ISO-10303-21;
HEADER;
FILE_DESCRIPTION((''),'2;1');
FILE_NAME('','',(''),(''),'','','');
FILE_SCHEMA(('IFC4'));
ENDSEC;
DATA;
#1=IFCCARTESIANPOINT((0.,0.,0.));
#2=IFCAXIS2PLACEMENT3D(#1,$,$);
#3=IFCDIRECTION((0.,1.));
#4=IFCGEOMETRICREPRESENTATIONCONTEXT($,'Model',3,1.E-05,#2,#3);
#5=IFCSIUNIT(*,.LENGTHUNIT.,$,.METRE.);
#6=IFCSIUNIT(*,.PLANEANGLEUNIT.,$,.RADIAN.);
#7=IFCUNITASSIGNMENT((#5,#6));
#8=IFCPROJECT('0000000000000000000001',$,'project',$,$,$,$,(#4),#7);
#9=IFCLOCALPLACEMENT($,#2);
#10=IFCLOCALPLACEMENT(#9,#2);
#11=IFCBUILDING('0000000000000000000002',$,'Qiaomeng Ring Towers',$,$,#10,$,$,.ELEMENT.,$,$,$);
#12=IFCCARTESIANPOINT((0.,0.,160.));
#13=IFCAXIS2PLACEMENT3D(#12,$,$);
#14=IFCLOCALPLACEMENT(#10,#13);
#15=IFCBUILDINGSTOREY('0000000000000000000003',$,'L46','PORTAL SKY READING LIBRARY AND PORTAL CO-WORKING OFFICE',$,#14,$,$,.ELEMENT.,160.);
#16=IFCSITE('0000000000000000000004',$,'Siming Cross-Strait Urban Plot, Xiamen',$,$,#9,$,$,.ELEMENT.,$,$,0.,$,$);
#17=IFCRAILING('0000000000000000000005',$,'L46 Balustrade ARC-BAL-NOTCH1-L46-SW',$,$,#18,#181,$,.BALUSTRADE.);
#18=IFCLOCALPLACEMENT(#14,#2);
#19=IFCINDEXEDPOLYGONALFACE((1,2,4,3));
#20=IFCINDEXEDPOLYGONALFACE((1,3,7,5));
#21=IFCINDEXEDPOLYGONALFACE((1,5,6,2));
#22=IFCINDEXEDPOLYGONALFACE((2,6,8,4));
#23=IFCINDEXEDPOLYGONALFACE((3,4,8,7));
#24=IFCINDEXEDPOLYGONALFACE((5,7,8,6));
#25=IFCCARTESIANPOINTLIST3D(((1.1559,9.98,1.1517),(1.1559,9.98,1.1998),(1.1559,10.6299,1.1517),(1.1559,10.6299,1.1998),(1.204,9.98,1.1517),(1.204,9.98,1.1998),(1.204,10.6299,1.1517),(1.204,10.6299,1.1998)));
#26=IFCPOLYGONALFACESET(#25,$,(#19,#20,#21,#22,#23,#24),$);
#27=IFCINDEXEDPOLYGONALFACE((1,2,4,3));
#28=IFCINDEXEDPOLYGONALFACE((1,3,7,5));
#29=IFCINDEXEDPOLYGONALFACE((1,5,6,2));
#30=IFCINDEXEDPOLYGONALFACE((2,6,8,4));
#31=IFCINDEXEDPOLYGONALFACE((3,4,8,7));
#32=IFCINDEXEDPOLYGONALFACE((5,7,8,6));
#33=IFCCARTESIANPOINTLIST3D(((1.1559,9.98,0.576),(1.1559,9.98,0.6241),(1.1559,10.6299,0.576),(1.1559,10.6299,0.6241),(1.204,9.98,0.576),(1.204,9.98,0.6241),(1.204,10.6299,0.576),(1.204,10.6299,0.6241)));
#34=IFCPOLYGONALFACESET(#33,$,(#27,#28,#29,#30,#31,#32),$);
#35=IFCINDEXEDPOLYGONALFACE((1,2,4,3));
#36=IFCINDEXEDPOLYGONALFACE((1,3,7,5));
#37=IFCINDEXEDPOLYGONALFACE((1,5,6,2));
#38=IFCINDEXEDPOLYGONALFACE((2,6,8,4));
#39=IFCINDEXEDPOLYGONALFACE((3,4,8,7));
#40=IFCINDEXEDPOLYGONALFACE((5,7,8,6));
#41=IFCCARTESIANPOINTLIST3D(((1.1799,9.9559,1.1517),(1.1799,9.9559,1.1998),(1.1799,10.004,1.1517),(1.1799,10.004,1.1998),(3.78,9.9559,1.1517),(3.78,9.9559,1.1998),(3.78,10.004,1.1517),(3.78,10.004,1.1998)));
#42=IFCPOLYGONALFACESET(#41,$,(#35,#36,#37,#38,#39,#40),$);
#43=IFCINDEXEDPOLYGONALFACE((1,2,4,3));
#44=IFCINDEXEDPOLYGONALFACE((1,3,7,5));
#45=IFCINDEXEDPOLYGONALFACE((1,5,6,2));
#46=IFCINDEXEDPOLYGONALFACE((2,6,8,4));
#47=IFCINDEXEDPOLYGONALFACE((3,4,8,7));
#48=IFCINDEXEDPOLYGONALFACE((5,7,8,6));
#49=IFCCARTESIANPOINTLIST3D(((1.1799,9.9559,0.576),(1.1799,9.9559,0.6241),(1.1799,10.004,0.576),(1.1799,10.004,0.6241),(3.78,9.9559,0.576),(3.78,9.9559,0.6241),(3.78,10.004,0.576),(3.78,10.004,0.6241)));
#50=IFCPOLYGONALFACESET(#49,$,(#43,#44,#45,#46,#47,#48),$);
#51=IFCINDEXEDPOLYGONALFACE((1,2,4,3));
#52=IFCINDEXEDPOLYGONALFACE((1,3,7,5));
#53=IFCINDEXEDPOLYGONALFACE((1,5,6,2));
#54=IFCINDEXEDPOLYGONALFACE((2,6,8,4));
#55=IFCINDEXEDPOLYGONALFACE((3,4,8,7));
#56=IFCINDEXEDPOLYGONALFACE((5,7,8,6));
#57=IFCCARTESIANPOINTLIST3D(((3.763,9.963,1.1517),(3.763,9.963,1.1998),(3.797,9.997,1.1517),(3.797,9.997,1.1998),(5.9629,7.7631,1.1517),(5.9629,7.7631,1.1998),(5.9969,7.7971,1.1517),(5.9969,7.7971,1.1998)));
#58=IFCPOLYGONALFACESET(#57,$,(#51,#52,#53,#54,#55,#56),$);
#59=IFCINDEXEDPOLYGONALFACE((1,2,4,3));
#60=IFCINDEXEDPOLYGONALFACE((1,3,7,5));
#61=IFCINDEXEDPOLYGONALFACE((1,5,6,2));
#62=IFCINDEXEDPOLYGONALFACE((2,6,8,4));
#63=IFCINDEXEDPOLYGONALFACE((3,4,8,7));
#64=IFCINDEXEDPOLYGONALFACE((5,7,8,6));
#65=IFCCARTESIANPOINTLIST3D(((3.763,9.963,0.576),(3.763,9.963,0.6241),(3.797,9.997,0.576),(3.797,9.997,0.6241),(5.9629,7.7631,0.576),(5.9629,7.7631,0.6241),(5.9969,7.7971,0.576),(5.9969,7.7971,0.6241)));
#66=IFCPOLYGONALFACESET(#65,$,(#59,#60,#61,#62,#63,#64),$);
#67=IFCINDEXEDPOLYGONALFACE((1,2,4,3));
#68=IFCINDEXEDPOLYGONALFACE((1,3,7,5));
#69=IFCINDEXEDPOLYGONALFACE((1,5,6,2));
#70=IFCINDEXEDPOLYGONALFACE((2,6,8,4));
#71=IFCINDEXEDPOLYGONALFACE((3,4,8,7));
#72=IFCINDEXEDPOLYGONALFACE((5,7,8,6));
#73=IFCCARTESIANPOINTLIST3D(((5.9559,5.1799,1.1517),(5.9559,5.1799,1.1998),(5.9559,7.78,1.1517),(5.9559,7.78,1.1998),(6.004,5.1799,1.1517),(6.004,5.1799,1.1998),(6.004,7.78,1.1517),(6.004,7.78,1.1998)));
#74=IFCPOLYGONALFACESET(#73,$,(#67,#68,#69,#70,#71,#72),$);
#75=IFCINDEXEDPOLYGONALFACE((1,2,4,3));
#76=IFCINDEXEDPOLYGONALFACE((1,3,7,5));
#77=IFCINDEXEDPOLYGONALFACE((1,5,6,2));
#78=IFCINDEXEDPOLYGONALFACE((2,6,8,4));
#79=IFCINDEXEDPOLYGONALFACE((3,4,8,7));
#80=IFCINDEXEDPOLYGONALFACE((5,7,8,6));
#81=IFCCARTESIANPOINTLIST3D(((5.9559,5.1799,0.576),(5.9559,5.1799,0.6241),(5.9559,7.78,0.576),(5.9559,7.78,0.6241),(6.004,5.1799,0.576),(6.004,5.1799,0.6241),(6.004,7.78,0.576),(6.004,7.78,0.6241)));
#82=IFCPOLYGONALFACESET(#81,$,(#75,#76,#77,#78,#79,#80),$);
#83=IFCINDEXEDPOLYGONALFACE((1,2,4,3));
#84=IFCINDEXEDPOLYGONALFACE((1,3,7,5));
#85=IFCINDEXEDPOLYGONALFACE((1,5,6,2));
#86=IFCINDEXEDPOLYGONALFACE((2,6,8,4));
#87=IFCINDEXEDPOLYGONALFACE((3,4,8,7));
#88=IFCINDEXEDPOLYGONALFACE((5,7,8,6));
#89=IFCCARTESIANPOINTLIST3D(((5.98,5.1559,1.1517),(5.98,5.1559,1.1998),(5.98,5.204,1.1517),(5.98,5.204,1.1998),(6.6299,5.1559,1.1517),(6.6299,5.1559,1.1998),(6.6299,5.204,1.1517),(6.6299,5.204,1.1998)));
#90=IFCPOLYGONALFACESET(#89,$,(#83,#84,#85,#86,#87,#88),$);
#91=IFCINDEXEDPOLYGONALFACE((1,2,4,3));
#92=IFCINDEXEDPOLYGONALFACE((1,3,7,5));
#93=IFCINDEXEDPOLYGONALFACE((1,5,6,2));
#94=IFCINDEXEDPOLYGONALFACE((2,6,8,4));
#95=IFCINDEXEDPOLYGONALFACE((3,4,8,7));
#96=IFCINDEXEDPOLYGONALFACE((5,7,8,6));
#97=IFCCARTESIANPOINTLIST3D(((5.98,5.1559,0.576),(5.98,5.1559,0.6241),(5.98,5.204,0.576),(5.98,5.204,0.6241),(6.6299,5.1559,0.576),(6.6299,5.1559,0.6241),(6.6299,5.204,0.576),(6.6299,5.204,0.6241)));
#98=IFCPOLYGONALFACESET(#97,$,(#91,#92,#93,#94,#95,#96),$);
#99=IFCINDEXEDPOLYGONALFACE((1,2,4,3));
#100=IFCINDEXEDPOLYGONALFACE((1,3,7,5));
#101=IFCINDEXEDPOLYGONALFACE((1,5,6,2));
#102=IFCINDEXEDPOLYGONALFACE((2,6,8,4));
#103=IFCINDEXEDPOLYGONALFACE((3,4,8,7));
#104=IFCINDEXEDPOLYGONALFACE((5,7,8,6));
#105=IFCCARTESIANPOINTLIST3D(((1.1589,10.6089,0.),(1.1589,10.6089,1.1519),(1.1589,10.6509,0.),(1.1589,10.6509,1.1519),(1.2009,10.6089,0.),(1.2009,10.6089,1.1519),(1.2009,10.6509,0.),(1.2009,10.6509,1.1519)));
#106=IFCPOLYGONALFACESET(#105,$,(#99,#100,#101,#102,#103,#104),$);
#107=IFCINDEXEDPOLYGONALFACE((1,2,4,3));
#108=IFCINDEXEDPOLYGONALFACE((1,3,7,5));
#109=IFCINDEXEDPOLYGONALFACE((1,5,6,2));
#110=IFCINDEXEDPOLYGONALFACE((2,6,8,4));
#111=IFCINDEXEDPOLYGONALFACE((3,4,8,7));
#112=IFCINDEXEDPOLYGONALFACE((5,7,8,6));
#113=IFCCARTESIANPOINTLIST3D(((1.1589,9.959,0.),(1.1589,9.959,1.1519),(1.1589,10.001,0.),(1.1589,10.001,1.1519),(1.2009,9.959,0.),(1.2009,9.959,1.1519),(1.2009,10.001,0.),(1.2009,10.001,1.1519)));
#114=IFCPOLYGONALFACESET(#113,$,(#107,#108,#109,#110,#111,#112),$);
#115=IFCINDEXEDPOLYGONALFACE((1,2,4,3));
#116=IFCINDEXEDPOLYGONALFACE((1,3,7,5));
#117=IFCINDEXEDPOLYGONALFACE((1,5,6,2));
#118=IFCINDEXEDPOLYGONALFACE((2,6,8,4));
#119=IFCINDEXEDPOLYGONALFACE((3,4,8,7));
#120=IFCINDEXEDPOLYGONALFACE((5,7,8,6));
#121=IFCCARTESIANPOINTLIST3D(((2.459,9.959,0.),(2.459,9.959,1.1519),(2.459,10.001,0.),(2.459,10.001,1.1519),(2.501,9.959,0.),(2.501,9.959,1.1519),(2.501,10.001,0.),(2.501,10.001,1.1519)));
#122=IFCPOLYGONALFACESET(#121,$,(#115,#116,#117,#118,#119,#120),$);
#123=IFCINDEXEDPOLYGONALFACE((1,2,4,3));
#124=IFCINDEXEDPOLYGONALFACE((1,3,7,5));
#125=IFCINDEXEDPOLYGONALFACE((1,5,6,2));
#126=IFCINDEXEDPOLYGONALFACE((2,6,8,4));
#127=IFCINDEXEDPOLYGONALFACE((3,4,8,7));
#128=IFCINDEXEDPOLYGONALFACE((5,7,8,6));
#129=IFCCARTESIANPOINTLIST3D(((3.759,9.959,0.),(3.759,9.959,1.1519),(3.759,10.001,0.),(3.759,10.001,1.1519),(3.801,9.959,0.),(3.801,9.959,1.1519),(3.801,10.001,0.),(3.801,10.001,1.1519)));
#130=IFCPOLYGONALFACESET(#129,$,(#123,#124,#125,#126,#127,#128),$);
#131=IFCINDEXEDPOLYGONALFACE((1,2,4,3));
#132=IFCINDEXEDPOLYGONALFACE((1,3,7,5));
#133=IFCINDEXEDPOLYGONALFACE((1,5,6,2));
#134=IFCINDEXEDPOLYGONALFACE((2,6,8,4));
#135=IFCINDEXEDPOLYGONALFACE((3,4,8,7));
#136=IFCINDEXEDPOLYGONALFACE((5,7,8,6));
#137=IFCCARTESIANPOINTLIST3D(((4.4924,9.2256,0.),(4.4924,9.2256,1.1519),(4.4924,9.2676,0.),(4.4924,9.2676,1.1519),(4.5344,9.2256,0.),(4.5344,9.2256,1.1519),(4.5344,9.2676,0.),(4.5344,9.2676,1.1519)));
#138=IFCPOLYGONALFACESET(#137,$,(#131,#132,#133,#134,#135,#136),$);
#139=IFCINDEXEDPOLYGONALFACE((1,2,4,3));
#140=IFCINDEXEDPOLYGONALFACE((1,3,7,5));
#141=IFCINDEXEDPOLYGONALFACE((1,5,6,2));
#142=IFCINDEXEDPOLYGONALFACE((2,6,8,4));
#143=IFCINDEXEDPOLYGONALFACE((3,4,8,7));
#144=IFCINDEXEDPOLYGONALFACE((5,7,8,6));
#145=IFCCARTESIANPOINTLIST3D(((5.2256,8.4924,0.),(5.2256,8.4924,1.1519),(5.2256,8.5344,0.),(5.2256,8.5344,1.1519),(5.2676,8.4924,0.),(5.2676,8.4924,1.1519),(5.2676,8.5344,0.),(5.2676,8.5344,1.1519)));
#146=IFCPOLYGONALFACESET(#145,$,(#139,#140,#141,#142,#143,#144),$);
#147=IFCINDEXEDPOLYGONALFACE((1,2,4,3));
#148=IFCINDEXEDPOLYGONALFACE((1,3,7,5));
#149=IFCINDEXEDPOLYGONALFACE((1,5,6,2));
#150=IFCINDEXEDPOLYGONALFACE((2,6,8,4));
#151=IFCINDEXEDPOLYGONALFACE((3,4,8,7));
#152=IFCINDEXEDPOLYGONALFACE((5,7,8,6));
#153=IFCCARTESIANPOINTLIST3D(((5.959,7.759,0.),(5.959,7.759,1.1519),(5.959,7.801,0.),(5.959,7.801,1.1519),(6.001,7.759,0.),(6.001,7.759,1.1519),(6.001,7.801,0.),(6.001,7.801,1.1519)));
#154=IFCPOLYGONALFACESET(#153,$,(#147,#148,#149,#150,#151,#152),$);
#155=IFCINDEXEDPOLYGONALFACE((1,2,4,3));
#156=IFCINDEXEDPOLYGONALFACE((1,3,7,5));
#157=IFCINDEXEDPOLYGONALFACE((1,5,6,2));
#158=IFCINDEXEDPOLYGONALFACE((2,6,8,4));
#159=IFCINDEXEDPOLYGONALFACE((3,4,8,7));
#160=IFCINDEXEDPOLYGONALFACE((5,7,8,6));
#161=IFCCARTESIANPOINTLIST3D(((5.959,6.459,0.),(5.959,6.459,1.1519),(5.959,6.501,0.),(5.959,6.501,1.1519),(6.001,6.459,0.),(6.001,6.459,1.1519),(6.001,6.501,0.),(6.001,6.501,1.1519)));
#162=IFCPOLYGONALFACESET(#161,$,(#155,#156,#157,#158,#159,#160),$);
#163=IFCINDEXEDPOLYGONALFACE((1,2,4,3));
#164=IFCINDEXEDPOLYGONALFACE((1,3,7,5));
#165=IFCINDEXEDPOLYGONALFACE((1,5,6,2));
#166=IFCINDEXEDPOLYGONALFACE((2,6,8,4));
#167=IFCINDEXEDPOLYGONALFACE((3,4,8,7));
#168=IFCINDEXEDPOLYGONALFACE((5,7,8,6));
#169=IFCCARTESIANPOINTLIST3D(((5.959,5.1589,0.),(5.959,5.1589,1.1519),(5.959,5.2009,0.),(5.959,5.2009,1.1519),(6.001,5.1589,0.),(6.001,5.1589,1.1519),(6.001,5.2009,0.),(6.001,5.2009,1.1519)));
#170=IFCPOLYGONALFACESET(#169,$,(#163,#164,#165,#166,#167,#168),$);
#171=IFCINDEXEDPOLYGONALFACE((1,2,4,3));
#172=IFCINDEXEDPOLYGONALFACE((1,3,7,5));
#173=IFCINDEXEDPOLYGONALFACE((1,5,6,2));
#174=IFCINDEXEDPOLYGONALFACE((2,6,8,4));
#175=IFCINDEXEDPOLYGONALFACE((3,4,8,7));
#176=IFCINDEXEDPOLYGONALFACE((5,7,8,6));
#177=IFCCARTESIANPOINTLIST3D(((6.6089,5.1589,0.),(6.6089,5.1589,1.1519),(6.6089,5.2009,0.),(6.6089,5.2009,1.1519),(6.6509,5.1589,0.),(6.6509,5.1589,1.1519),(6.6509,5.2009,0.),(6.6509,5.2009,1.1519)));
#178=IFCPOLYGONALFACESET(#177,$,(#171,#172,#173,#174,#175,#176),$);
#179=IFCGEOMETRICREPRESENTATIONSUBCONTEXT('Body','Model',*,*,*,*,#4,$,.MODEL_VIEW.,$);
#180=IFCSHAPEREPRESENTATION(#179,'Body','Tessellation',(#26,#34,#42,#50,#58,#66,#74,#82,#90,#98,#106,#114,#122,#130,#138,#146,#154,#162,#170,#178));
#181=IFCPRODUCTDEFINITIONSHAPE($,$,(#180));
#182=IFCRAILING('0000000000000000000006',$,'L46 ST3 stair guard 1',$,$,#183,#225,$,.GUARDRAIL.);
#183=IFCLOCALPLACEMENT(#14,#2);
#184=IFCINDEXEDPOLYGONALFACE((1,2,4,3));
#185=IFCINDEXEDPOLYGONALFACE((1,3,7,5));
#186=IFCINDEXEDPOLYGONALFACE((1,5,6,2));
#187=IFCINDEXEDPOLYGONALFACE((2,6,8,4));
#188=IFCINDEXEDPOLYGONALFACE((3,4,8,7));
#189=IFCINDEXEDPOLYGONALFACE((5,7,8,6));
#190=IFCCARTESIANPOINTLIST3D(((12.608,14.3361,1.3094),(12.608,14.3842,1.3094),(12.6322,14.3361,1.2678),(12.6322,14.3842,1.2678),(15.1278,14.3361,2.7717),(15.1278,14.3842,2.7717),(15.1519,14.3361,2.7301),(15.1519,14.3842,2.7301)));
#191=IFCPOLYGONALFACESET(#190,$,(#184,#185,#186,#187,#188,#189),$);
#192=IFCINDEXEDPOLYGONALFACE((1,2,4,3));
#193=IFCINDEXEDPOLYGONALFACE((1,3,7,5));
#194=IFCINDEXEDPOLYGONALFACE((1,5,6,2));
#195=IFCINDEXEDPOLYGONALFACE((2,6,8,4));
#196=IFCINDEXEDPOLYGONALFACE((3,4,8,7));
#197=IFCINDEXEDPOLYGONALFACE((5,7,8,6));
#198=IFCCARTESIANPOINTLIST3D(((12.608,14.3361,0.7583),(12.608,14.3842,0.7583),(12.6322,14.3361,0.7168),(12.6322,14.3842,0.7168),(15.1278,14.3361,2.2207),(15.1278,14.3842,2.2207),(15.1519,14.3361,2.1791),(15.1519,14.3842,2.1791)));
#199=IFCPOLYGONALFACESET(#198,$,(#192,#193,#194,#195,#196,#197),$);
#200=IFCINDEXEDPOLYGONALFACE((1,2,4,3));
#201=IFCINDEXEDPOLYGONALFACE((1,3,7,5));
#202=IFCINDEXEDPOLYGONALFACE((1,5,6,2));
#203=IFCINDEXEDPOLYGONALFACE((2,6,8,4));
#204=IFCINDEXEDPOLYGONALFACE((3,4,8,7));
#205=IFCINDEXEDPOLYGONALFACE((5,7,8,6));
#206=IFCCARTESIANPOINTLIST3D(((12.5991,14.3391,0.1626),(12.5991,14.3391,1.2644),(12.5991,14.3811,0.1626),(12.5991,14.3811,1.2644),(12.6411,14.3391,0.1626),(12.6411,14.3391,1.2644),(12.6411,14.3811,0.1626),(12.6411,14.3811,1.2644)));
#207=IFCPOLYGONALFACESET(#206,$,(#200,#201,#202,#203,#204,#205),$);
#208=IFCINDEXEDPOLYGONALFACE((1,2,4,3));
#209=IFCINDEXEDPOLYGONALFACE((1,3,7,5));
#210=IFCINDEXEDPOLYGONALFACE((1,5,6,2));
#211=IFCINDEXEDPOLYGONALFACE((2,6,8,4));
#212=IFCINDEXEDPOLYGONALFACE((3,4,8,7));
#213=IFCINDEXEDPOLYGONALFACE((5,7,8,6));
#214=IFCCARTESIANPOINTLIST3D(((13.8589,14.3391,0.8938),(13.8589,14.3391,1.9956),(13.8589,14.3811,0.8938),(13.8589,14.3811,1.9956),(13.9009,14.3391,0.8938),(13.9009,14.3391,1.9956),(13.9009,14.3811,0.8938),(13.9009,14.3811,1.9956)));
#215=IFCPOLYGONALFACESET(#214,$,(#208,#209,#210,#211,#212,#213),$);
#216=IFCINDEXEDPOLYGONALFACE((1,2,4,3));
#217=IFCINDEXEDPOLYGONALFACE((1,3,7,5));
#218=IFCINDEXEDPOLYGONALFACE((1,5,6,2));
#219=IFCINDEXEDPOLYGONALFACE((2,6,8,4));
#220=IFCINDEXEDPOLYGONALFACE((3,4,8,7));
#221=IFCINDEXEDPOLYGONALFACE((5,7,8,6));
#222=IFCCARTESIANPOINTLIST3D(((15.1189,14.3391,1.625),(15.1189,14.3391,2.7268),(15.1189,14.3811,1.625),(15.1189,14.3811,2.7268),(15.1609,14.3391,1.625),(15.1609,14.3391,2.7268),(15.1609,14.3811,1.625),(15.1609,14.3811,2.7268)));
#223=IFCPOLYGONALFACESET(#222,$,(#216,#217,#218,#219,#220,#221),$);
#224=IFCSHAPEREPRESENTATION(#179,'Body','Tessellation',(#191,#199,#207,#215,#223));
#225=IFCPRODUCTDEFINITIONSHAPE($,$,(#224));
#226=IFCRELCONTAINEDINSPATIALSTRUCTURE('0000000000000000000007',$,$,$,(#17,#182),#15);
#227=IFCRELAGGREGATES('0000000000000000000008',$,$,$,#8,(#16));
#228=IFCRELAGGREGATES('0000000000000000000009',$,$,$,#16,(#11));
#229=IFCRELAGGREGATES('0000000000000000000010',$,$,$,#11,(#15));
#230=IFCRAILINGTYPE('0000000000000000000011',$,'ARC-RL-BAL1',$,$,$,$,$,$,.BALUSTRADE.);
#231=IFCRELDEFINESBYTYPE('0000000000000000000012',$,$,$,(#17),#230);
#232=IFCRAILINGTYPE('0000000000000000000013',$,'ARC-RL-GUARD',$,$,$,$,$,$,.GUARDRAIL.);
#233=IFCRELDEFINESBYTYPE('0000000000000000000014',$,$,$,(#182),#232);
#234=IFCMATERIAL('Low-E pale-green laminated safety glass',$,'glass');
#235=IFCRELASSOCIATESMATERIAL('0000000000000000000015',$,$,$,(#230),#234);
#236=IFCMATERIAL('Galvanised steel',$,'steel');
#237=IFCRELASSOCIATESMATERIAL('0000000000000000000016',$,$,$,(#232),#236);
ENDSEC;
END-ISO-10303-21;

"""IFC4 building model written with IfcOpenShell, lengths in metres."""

from ifc_helpers import new_model, si_unit, direction, frame, origin, origin_2d, place, context, subcontext, project, spatial, rectangle, extrude, material, type_object, element, save


model = new_model("IFC4")

# Units and contexts
model_context = context("Model", 3, precision=1e-05, world=origin(), true_north=direction((0.0, 1.0)))
body_context = subcontext(model_context, "Body", "Model", "MODEL_VIEW")
ifc_project = project(units=[si_unit("LENGTHUNIT", "METRE"), si_unit("PLANEANGLEUNIT", "RADIAN")], contexts=[model_context])

# Site, building, storey
site_placement = place(None, origin())
site = spatial("IfcSite", under=ifc_project, at=site_placement, Name="Siming Cross-Strait Urban Plot, Xiamen", CompositionType="ELEMENT", RefElevation=0.0)
building_placement = place(site_placement, origin())
building = spatial("IfcBuilding", under=site, at=building_placement, Name="Qiaomeng Ring Towers", CompositionType="ELEMENT")
storey_placement = place(building_placement, frame((0.0, 0.0, 160.0)))
storey = spatial("IfcBuildingStorey", under=building, at=storey_placement, Name="L46", Description="PORTAL SKY READING LIBRARY AND PORTAL CO-WORKING OFFICE", CompositionType="ELEMENT", Elevation=160.0)

# Shared definitions
ifc_material_1 = material(Name="Galvanised steel", Category="steel")

# Railings
ifc_material_2 = material(Name="Low-E pale-green laminated safety glass", Category="glass")
railing_type_1 = type_object("IfcRailingType", Name="ARC-RL-BAL1", PredefinedType="BALUSTRADE", material=ifc_material_2)
railing_1_placement = place(storey_placement, frame((1.1799, 10.6299, 0.0)))
element("IfcRailing", 1, at=railing_1_placement, inside=storey, type_object=railing_type_1, Name="L46 Balustrade ARC-BAL-NOTCH1-L46-SW", PredefinedType="BALUSTRADE", context=body_context, shape_type="SweptSolid", body=[
    extrude(rectangle(XDim=0.0481, YDim=0.0481, at=origin_2d()), frame((0.0, 0.0, 1.1758), z_axis=(0.0, -1.0, 0.0), x_axis=(1.0, 0.0, 0.0)), (0.0, 0.0, 1.0), 0.6499),
    extrude(rectangle(XDim=0.0481, YDim=0.0481, at=origin_2d()), frame((0.0, 0.0, 0.6001), z_axis=(0.0, -1.0, 0.0), x_axis=(1.0, 0.0, 0.0)), (0.0, 0.0, 1.0), 0.6499),
    extrude(rectangle(XDim=0.0481, YDim=0.0481, at=origin_2d()), frame((0.0, -0.6499, 1.1758), z_axis=(1.0, 0.0, 0.0), x_axis=(0.0, 1.0, 0.0)), (0.0, 0.0, 1.0), 2.6001),
    extrude(rectangle(XDim=0.0481, YDim=0.0481, at=origin_2d()), frame((0.0, -0.6499, 0.6001), z_axis=(1.0, 0.0, 0.0), x_axis=(0.0, 1.0, 0.0)), (0.0, 0.0, 1.0), 2.6001),
    extrude(rectangle(XDim=0.0481, YDim=0.0481, at=origin_2d()), frame((2.6001, -0.6499, 1.1758), z_axis=(0.707107, -0.707107, 0.0), x_axis=(0.707107, 0.707107, 0.0)), (0.0, 0.0, 1.0), 3.1111),
    extrude(rectangle(XDim=0.0481, YDim=0.0481, at=origin_2d()), frame((2.6001, -0.6499, 0.6001), z_axis=(0.707107, -0.707107, 0.0), x_axis=(0.707107, 0.707107, 0.0)), (0.0, 0.0, 1.0), 3.1111),
    extrude(rectangle(XDim=0.0481, YDim=0.0481, at=origin_2d()), frame((4.8, -2.8499, 1.1758), z_axis=(0.0, -1.0, 0.0), x_axis=(1.0, 0.0, 0.0)), (0.0, 0.0, 1.0), 2.6001),
    extrude(rectangle(XDim=0.0481, YDim=0.0481, at=origin_2d()), frame((4.8, -2.8499, 0.6001), z_axis=(0.0, -1.0, 0.0), x_axis=(1.0, 0.0, 0.0)), (0.0, 0.0, 1.0), 2.6001),
    extrude(rectangle(XDim=0.0481, YDim=0.0481, at=origin_2d()), frame((4.8, -5.45, 1.1758), z_axis=(1.0, 0.0, 0.0), x_axis=(0.0, 1.0, 0.0)), (0.0, 0.0, 1.0), 0.6499),
    extrude(rectangle(XDim=0.0481, YDim=0.0481, at=origin_2d()), frame((4.8, -5.45, 0.6001), z_axis=(1.0, 0.0, 0.0), x_axis=(0.0, 1.0, 0.0)), (0.0, 0.0, 1.0), 0.6499),
    extrude(rectangle(XDim=0.042, YDim=0.042, at=origin_2d()), origin(), (0.0, 0.0, 1.0), 1.1519),
    extrude(rectangle(XDim=0.042, YDim=0.042, at=origin_2d()), frame((0.0, -0.6499, 0.0)), (0.0, 0.0, 1.0), 1.1519),
    extrude(rectangle(XDim=0.042, YDim=0.042, at=origin_2d()), frame((1.3, -0.6499, 0.0)), (0.0, 0.0, 1.0), 1.1519),
    extrude(rectangle(XDim=0.042, YDim=0.042, at=origin_2d()), frame((2.6001, -0.6499, 0.0)), (0.0, 0.0, 1.0), 1.1519),
    extrude(rectangle(XDim=0.042, YDim=0.042, at=origin_2d()), frame((3.3335, -1.3833, 0.0)), (0.0, 0.0, 1.0), 1.1519),
    extrude(rectangle(XDim=0.042, YDim=0.042, at=origin_2d()), frame((4.0667, -2.1165, 0.0)), (0.0, 0.0, 1.0), 1.1519),
    extrude(rectangle(XDim=0.042, YDim=0.042, at=origin_2d()), frame((4.8, -2.8499, 0.0)), (0.0, 0.0, 1.0), 1.1519),
    extrude(rectangle(XDim=0.042, YDim=0.042, at=origin_2d()), frame((4.8, -4.1499, 0.0)), (0.0, 0.0, 1.0), 1.1519),
    extrude(rectangle(XDim=0.042, YDim=0.042, at=origin_2d()), frame((4.8, -5.45, 0.0)), (0.0, 0.0, 1.0), 1.1519),
    extrude(rectangle(XDim=0.042, YDim=0.042, at=origin_2d()), frame((5.45, -5.45, 0.0)), (0.0, 0.0, 1.0), 1.1519),
])
railing_type_2 = type_object("IfcRailingType", Name="ARC-RL-GUARD", PredefinedType="GUARDRAIL", material=ifc_material_1)
railing_2_placement = place(storey_placement, frame((12.6201, 14.3601, 0.1626)))
element("IfcRailing", 2, at=railing_2_placement, inside=storey, type_object=railing_type_2, Name="L46 ST3 stair guard 1", PredefinedType="GUARDRAIL", context=body_context, shape_type="SweptSolid", body=[
    extrude(rectangle(XDim=0.0481, YDim=0.0481, at=origin_2d()), frame((0.0, 0.0, 1.126), z_axis=(0.864892, 0.0, 0.501958), x_axis=(0.0, 1.0, 0.0)), (0.0, 0.0, 1.0), 2.9133),
    extrude(rectangle(XDim=0.0481, YDim=0.0481, at=origin_2d()), frame((0.0, 0.0, 0.575), z_axis=(0.864892, 0.0, 0.501958), x_axis=(0.0, 1.0, 0.0)), (0.0, 0.0, 1.0), 2.9133),
    extrude(rectangle(XDim=0.042, YDim=0.042, at=origin_2d()), origin(), (0.0, 0.0, 1.0), 1.1018),
    extrude(rectangle(XDim=0.042, YDim=0.042, at=origin_2d()), frame((1.2598, 0.0, 0.7312)), (0.0, 0.0, 1.0), 1.1018),
    extrude(rectangle(XDim=0.042, YDim=0.042, at=origin_2d()), frame((2.5198, 0.0, 1.4624)), (0.0, 0.0, 1.0), 1.1018),
])

save(model, "model.ifc")
